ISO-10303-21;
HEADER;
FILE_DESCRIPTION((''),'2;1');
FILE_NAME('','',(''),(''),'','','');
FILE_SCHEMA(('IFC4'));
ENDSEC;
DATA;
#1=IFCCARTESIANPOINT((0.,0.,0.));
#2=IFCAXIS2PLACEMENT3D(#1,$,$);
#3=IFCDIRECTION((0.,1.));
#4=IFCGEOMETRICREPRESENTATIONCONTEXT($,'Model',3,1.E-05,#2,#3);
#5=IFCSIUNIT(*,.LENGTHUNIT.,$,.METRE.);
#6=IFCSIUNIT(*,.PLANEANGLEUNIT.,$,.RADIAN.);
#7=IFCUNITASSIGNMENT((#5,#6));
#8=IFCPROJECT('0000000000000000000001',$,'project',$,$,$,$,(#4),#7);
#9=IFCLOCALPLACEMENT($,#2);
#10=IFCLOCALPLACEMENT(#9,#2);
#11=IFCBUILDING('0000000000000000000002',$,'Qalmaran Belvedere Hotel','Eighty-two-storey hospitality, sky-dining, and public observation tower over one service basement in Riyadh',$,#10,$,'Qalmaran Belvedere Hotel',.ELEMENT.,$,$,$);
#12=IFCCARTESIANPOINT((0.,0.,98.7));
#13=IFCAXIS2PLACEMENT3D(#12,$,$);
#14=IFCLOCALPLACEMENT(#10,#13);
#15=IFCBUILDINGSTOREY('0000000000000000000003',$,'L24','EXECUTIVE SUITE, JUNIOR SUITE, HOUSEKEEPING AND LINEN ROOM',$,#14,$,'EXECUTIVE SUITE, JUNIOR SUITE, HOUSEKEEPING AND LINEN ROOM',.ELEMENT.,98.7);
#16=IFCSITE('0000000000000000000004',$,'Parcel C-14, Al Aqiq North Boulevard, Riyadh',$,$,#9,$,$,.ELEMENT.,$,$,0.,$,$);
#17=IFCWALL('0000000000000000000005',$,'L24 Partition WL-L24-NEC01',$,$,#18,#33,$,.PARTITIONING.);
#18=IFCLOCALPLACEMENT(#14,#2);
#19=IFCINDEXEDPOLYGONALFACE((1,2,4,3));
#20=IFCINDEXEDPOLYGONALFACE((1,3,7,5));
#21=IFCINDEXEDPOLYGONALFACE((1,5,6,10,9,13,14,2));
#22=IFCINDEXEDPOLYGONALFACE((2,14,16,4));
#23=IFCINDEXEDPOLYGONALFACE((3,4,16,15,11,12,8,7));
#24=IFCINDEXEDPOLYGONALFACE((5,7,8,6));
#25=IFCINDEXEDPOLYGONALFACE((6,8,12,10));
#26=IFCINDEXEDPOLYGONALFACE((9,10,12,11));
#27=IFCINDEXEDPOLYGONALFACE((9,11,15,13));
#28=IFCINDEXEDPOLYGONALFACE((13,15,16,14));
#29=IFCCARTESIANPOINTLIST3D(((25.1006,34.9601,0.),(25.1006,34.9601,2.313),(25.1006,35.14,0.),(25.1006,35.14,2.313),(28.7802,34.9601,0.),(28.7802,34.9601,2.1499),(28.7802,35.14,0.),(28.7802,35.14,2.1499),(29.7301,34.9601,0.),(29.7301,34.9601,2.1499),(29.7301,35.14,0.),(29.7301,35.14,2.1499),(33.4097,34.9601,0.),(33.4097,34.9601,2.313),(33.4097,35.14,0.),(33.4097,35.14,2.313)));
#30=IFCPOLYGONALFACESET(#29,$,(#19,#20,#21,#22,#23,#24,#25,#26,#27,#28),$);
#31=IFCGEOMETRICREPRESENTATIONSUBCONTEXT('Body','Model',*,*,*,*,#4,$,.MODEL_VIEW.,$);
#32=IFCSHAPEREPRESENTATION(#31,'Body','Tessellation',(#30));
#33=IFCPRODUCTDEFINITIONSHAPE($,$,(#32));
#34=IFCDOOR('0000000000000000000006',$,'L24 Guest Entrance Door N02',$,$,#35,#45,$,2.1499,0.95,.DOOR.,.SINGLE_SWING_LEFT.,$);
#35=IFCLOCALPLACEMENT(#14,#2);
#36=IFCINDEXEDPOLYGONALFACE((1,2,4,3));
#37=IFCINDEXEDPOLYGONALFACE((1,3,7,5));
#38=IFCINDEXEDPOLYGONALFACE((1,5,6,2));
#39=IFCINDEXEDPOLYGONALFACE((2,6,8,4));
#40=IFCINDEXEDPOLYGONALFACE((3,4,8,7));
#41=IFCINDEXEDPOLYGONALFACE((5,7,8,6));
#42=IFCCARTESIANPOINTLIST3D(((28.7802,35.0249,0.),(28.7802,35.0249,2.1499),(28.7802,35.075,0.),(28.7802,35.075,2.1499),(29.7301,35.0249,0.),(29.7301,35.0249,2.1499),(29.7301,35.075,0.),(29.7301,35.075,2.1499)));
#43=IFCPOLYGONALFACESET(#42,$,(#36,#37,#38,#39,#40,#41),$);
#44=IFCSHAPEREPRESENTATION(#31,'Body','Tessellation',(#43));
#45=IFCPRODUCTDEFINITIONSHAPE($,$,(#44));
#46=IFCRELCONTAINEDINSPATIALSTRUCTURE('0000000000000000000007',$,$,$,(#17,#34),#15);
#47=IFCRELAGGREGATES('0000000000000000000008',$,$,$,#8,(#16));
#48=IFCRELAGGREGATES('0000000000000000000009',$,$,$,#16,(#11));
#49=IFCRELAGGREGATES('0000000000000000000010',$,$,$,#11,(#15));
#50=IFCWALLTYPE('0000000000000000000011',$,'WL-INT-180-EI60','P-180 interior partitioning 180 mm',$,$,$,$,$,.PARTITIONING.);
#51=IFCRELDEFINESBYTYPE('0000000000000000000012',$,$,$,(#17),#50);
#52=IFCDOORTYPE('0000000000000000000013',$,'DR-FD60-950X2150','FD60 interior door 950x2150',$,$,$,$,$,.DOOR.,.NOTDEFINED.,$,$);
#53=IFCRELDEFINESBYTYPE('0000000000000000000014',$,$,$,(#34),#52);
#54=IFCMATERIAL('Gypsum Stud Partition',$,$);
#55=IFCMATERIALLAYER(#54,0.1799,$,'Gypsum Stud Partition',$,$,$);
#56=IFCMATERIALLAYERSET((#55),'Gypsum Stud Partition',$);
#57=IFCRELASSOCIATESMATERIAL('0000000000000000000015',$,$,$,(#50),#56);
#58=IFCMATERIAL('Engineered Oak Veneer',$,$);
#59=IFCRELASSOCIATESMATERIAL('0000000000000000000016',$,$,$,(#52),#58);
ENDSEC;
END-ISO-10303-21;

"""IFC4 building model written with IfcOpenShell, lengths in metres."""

from ifc_helpers import new_model, si_unit, direction, frame, frame_2d, origin, place, context, subcontext, project, spatial, rectangle, extrude, material, layer, layer_set, type_object, element, fill, save


model = new_model("IFC4")

# Units and contexts
model_context = context("Model", 3, precision=1e-05, world=origin(), true_north=direction((0.0, 1.0)))
body_context = subcontext(model_context, "Body", "Model", "MODEL_VIEW")
ifc_project = project(units=[si_unit("LENGTHUNIT", "METRE"), si_unit("PLANEANGLEUNIT", "RADIAN")], contexts=[model_context])

# Site, building, storey
site_placement = place(None, origin())
site = spatial("IfcSite", under=ifc_project, at=site_placement, Name="Parcel C-14, Al Aqiq North Boulevard, Riyadh", CompositionType="ELEMENT", RefElevation=0.0)
building_placement = place(site_placement, origin())
building = spatial("IfcBuilding", under=site, at=building_placement, Name="Qalmaran Belvedere Hotel", Description="Eighty-two-storey hospitality, sky-dining, and public observation tower over one service basement in Riyadh", LongName="Qalmaran Belvedere Hotel", CompositionType="ELEMENT")
storey_placement = place(building_placement, frame((0.0, 0.0, 98.7)))
storey = spatial("IfcBuildingStorey", under=building, at=storey_placement, Name="L24", Description="EXECUTIVE SUITE, JUNIOR SUITE, HOUSEKEEPING AND LINEN ROOM", LongName="EXECUTIVE SUITE, JUNIOR SUITE, HOUSEKEEPING AND LINEN ROOM", CompositionType="ELEMENT", Elevation=98.7)

# Shared definitions
ifc_material_1 = material(Name="Gypsum Stud Partition")

# Wall, opening, door
ifc_layer_1 = layer(ifc_material_1, 0.1799, Name="Gypsum Stud Partition")
ifc_layer_set_1 = layer_set([ifc_layer_1], Name="Gypsum Stud Partition")
wall_type_1 = type_object("IfcWallType", Name="WL-INT-180-EI60", Description="P-180 interior partitioning 180 mm", PredefinedType="PARTITIONING", material=ifc_layer_set_1)
ifc_material_2 = material(Name="Engineered Oak Veneer")
door_type = type_object("IfcDoorType", Name="DR-FD60-950X2150", Description="FD60 interior door 950x2150", OperationType="NOTDEFINED", PredefinedType="DOOR", material=ifc_material_2)
wall_1_placement = place(storey_placement, frame((25.1006, 35.05, 0.0), z_axis=(0.0, 0.0, 1.0), x_axis=(1.0, 0.0, 0.0)))
wall_1 = element("IfcWall", 1, at=wall_1_placement, inside=storey, type_object=wall_type_1, Name="L24 Partition WL-L24-NEC01", PredefinedType="PARTITIONING", context=body_context, shape_type="SweptSolid", body=[
    extrude(rectangle(XDim=8.3091, YDim=0.1799, at=frame_2d((4.1545, 0.0))), origin(), (0.0, 0.0, 1.0), 2.313),
])
opening_1_placement = place(wall_1_placement, frame((3.6794, 0.0, 0.0)))
opening_1 = element("IfcOpeningElement", 2, at=opening_1_placement, cuts=wall_1, PredefinedType="OPENING", context=body_context, shape_type="SweptSolid", body=[
    extrude(rectangle(XDim=0.95, YDim=2.1499, at=frame_2d((0.4751, 1.075))), frame((0.0, 0.1001, 0.0), z_axis=(0.0, -1.0, 0.0), x_axis=(1.0, 0.0, 0.0)), (0.0, 0.0, 1.0), 0.2),
])
door_1_placement = place(opening_1_placement, origin())
door_1 = element("IfcDoor", 3, at=door_1_placement, inside=storey, type_object=door_type, Name="L24 Guest Entrance Door N02", OperationType="SINGLE_SWING_LEFT", OverallHeight=2.1499, OverallWidth=0.95, PredefinedType="DOOR", context=body_context, shape_type="SweptSolid", body=[
    extrude(rectangle(XDim=0.95, YDim=2.1499, at=frame_2d((0.4751, 1.075))), frame((0.0, 0.0249, 0.0), z_axis=(0.0, -1.0, 0.0), x_axis=(1.0, 0.0, 0.0)), (0.0, 0.0, 1.0), 0.05),
])
fill(opening_1, door_1)

save(model, "model.ifc")
